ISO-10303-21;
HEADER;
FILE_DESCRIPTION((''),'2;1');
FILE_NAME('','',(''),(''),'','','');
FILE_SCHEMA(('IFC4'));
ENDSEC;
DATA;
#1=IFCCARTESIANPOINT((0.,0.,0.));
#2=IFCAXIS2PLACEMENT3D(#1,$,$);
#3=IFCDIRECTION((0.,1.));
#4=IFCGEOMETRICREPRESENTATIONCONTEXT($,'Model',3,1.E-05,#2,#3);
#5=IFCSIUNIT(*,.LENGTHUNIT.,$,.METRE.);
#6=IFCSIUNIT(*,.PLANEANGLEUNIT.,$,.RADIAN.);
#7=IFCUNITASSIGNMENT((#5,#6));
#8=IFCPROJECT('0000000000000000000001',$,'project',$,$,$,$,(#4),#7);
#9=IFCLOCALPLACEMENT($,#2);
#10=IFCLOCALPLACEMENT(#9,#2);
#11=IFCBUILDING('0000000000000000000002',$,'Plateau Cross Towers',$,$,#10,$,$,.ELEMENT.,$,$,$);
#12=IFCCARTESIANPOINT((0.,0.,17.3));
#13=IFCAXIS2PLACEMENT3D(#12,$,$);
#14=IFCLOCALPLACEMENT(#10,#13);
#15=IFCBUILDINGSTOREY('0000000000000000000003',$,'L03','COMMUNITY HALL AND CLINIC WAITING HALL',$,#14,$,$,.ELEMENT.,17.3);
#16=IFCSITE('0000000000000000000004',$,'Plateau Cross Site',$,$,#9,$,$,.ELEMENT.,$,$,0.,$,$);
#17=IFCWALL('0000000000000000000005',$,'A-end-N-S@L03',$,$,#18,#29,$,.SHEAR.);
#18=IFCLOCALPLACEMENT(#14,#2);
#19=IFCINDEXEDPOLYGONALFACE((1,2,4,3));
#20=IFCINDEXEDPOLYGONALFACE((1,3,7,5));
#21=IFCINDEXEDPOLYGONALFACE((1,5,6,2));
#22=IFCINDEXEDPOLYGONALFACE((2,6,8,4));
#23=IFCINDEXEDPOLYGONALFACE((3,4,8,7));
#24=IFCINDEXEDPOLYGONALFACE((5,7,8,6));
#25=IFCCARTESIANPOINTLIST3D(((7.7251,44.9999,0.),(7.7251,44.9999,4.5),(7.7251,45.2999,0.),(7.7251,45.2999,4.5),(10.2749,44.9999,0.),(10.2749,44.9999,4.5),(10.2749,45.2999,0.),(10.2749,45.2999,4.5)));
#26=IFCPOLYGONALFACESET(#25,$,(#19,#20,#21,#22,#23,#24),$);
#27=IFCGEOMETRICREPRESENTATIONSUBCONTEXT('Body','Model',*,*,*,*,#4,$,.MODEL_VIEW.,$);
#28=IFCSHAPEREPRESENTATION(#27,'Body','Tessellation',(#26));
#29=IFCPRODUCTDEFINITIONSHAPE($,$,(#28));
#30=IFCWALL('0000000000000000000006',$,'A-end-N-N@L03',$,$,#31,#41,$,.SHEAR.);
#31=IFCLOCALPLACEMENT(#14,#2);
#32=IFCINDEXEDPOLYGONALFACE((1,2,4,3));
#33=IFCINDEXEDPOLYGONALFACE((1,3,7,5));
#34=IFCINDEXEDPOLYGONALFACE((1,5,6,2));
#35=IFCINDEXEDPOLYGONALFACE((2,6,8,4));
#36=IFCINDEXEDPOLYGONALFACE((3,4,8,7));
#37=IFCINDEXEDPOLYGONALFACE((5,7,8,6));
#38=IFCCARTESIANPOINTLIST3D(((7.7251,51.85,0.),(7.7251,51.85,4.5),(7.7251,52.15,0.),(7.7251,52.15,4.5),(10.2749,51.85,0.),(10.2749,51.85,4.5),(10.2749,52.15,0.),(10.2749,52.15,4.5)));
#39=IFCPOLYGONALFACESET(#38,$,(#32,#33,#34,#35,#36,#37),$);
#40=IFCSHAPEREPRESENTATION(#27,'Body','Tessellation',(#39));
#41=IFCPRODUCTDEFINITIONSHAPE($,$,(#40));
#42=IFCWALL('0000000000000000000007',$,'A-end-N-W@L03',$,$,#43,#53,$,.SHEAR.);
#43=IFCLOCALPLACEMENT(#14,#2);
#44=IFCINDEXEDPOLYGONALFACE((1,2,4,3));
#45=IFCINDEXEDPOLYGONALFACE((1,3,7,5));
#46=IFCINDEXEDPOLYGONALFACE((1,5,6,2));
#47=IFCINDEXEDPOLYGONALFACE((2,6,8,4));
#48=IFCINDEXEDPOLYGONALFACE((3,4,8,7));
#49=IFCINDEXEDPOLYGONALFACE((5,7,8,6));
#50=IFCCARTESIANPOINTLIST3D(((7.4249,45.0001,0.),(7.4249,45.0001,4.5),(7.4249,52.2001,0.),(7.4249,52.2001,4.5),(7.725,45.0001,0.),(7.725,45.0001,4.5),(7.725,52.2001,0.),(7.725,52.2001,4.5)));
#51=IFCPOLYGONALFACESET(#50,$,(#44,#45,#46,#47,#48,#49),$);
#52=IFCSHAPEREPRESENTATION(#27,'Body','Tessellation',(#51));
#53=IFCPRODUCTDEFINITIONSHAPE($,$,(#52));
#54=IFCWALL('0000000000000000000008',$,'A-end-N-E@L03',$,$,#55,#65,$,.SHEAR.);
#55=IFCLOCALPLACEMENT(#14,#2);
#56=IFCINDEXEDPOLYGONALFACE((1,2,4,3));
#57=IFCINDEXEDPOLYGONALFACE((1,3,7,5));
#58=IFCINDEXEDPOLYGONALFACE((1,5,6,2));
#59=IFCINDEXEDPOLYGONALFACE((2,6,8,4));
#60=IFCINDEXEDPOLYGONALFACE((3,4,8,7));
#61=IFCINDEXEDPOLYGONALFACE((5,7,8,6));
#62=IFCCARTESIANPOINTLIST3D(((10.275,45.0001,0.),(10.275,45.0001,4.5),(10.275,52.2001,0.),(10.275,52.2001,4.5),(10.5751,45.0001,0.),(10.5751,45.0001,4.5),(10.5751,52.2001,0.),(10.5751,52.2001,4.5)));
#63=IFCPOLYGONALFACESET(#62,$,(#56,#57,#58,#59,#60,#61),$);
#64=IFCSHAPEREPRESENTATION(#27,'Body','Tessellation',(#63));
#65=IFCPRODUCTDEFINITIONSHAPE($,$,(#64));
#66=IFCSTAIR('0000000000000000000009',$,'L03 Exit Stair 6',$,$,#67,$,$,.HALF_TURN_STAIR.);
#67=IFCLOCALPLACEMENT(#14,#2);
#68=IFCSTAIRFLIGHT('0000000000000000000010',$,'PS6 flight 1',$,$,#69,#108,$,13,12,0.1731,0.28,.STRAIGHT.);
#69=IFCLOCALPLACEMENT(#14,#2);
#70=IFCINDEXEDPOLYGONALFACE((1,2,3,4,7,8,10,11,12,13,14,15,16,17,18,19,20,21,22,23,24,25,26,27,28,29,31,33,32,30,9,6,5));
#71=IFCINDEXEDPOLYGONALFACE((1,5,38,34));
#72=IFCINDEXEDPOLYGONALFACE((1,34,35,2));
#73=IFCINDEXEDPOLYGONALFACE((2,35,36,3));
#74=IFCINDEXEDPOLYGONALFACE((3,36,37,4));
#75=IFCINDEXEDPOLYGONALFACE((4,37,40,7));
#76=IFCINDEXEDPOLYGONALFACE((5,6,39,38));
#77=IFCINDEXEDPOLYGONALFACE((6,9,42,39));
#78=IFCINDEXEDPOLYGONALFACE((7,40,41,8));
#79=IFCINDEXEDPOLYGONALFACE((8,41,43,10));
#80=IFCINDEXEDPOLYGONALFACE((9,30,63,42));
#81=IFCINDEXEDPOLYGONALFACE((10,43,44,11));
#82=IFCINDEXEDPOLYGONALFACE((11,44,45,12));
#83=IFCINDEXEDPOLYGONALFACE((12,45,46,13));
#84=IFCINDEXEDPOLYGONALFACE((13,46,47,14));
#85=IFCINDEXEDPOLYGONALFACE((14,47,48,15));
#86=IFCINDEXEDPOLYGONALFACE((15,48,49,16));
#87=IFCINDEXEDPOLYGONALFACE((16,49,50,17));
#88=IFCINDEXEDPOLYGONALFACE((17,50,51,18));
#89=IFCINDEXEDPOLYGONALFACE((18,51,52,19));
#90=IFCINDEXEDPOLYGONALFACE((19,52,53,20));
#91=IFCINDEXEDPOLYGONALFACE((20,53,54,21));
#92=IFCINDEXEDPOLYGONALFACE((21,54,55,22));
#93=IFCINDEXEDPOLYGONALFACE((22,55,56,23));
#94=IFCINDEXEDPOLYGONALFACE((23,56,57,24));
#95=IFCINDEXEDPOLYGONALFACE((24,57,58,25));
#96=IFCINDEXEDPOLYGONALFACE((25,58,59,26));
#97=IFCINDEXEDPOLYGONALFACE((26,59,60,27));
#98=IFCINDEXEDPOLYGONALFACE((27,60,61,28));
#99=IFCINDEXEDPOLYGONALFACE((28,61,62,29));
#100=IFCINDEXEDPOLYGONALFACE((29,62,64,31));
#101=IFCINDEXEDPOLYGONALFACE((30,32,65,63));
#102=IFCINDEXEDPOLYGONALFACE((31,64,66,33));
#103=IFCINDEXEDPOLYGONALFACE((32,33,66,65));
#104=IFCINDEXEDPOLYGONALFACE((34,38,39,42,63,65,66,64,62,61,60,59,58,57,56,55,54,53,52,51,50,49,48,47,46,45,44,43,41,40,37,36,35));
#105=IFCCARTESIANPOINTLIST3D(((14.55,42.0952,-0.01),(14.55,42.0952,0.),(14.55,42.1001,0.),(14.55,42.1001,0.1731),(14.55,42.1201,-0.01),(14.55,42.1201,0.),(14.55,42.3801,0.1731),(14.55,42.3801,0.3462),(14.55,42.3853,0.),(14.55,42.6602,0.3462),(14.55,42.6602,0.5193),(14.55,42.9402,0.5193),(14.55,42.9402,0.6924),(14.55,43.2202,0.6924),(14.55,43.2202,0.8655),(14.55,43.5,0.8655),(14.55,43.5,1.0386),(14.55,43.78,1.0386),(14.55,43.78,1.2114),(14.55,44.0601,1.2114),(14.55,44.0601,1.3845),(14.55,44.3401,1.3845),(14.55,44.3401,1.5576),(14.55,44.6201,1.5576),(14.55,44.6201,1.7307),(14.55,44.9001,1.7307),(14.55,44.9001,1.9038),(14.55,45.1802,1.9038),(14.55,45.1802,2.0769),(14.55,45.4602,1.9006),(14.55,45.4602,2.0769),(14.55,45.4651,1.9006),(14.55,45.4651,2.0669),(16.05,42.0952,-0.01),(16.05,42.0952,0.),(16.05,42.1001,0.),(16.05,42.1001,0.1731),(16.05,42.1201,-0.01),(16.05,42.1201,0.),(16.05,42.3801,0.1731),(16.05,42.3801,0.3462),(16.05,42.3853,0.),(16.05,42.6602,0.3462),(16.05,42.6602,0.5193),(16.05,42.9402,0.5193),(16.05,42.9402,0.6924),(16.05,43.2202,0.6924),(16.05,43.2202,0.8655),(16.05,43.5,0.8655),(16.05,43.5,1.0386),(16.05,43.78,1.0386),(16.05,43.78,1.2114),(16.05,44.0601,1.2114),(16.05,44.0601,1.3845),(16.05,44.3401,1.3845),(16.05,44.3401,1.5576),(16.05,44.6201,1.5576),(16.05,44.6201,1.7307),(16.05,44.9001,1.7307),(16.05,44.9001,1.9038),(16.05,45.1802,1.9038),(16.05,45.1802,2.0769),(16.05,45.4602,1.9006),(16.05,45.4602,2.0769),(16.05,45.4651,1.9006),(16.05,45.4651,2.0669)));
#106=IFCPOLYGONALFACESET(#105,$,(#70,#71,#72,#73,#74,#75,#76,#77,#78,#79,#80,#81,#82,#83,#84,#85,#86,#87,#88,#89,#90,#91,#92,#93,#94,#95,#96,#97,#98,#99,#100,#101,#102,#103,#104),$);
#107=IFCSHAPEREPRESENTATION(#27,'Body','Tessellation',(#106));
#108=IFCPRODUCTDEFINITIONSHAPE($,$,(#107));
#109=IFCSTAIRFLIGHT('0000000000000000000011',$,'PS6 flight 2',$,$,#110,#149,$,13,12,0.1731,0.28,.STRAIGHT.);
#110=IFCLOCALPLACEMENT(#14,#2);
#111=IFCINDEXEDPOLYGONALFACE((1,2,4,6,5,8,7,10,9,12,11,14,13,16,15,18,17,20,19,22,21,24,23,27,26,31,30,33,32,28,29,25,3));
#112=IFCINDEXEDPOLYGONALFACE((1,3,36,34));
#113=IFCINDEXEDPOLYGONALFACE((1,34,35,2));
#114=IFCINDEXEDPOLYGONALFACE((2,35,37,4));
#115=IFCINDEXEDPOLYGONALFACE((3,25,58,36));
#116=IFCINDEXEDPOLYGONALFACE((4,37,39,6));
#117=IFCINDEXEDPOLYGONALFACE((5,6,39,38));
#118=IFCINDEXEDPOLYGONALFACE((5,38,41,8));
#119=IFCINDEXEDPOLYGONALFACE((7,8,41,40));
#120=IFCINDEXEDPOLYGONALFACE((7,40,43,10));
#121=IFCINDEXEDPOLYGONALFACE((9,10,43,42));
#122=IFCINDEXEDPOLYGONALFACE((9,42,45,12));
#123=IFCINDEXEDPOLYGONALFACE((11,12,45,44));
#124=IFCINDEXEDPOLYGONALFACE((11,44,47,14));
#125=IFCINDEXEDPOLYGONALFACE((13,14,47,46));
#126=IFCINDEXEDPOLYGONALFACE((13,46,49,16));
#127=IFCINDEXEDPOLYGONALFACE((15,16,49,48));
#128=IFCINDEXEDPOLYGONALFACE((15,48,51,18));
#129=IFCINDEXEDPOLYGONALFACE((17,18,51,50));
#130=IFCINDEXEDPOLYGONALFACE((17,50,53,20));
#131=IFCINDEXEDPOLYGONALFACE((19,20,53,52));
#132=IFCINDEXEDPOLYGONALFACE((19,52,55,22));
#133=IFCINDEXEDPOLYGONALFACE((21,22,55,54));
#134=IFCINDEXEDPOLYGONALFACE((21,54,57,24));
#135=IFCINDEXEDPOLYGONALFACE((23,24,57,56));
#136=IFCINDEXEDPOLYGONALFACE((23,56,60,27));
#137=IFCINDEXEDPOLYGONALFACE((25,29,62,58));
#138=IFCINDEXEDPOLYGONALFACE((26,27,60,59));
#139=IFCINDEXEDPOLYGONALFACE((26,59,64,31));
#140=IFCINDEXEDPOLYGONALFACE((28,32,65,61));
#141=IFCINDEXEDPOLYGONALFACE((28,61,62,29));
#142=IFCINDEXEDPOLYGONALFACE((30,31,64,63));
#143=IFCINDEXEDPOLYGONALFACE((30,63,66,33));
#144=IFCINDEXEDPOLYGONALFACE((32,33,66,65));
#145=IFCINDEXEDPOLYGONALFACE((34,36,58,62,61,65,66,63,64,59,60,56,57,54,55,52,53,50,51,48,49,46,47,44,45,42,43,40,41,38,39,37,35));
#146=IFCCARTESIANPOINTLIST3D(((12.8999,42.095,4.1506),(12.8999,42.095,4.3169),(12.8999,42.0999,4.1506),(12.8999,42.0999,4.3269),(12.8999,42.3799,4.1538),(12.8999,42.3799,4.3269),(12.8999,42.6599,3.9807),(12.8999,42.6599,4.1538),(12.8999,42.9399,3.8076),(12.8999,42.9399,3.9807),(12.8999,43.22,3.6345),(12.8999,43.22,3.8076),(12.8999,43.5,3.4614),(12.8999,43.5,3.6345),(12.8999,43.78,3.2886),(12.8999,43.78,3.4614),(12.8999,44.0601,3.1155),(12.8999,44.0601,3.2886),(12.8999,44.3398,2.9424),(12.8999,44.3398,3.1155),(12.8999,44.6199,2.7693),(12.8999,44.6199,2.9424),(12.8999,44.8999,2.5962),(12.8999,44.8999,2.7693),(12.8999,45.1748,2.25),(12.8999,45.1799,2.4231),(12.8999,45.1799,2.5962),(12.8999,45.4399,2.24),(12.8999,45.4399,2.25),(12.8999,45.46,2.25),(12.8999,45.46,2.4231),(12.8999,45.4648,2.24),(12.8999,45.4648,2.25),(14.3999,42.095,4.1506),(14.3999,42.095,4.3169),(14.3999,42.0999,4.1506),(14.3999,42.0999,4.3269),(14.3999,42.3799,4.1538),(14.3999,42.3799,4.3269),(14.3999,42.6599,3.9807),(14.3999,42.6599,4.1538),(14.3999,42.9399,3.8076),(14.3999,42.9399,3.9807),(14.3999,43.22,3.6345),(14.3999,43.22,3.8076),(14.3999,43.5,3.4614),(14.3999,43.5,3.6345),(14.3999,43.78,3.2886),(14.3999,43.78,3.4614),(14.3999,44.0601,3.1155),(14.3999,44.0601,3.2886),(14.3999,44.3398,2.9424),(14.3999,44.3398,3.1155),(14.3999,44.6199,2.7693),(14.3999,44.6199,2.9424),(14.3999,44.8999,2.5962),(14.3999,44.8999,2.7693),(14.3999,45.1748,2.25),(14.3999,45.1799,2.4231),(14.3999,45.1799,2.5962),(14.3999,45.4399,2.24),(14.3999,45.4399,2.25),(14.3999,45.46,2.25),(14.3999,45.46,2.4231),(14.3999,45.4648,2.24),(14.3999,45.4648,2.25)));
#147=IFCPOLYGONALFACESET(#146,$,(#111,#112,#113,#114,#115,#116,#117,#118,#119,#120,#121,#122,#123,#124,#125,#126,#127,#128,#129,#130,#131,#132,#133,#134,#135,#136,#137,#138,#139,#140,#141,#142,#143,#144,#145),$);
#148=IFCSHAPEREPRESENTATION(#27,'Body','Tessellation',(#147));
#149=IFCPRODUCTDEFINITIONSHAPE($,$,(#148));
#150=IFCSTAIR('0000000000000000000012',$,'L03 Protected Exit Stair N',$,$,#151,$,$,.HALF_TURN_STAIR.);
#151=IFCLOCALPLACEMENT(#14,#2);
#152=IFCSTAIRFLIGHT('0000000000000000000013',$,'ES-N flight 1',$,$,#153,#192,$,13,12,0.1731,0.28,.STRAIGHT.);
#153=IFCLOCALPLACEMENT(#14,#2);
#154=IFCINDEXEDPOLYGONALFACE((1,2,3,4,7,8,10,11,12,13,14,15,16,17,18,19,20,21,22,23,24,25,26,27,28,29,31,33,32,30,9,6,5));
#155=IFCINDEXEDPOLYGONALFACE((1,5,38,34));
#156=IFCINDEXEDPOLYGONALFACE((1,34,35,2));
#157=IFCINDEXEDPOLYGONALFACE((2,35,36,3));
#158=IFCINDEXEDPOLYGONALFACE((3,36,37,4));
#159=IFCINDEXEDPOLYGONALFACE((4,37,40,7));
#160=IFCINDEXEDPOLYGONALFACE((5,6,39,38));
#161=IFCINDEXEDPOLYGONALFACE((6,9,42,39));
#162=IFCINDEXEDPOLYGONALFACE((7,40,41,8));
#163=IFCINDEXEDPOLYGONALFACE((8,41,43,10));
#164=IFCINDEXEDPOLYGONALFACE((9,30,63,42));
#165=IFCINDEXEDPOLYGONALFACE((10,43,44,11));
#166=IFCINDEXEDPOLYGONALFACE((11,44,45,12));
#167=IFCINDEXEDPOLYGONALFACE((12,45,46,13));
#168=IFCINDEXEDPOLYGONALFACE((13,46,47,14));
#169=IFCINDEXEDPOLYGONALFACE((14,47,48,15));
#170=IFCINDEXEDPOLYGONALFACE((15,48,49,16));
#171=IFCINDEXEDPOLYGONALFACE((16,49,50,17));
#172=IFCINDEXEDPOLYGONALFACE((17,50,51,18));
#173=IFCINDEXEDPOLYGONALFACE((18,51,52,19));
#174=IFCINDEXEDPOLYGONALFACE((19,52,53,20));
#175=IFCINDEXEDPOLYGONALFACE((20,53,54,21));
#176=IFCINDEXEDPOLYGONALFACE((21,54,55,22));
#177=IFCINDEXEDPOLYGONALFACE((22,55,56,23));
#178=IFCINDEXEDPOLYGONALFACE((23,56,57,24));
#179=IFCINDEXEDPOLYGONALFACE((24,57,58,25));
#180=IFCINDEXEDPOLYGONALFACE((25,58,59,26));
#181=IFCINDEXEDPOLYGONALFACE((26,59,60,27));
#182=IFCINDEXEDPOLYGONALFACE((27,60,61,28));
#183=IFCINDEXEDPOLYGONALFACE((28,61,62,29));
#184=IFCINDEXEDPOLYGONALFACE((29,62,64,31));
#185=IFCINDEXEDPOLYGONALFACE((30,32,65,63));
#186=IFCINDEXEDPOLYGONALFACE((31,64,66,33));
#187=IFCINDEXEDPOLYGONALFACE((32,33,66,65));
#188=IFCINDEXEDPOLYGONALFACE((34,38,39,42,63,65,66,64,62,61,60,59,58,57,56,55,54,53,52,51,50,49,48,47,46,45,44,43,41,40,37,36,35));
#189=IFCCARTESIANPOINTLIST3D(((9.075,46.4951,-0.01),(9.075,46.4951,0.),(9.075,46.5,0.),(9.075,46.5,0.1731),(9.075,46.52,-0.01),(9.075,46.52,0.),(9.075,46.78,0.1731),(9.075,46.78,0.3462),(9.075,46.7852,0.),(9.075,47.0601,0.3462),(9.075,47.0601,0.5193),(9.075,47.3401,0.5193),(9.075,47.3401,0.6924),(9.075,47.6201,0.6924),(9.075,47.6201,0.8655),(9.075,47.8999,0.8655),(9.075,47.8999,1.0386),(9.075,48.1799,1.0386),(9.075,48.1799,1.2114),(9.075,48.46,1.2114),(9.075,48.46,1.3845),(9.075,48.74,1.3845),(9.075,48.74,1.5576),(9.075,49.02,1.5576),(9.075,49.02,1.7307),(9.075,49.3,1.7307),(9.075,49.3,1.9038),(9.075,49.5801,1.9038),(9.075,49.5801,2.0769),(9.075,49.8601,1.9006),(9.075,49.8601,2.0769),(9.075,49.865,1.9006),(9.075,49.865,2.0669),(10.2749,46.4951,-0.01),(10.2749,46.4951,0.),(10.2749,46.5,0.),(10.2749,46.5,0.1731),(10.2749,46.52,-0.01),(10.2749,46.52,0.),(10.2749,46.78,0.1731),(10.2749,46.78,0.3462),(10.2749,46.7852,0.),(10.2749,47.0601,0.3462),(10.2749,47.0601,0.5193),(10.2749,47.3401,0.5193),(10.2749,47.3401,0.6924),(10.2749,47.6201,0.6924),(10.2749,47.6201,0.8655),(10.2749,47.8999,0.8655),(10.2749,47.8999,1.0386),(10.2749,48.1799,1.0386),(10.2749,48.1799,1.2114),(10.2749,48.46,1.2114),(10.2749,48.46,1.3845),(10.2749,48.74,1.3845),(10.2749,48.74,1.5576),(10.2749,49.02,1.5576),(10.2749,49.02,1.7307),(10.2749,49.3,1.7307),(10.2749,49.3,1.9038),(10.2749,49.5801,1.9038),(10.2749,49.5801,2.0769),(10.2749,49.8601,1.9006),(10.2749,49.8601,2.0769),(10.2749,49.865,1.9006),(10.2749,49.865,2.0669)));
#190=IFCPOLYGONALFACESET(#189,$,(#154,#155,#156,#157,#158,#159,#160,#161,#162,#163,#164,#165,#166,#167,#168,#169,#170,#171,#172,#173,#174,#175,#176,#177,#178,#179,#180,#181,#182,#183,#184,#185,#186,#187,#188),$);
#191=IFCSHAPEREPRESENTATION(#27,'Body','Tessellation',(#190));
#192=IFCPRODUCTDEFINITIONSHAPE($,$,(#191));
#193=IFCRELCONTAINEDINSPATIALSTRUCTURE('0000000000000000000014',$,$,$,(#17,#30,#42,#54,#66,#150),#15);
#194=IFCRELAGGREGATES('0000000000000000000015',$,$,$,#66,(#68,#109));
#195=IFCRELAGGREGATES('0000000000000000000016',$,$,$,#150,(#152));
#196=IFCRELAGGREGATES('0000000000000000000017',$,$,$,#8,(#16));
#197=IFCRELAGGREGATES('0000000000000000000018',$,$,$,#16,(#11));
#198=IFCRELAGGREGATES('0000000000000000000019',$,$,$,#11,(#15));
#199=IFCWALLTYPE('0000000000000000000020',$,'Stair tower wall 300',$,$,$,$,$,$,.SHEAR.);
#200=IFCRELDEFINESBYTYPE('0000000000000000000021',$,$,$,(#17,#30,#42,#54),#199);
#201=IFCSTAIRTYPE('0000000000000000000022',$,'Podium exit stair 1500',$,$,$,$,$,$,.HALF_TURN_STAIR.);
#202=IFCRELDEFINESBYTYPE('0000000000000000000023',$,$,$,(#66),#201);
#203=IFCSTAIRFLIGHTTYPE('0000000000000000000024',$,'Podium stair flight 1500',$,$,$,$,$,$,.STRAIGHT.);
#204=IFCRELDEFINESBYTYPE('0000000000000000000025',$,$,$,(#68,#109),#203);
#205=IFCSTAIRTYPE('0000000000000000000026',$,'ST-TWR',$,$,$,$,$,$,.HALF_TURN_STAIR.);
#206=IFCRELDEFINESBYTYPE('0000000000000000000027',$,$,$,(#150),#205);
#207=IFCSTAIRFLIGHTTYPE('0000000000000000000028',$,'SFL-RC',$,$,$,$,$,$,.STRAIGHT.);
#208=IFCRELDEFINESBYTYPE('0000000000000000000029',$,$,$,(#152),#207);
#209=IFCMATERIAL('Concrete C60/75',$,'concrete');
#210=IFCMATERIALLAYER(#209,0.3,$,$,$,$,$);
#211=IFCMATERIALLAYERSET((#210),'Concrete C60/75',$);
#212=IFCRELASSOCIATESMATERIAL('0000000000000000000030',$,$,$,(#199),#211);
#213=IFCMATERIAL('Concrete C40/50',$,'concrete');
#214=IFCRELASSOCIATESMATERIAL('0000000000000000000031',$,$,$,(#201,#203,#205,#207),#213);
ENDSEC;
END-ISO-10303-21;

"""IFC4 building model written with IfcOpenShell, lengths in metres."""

from ifc_helpers import new_model, si_unit, direction, frame, frame_2d, origin, place, context, subcontext, project, spatial, polyline, rectangle, outline, extrude, material, layer, layer_set, type_object, element, aggregate, save


model = new_model("IFC4")

# Units and contexts
model_context = context("Model", 3, precision=1e-05, world=origin(), true_north=direction((0.0, 1.0)))
body_context = subcontext(model_context, "Body", "Model", "MODEL_VIEW")
ifc_project = project(units=[si_unit("LENGTHUNIT", "METRE"), si_unit("PLANEANGLEUNIT", "RADIAN")], contexts=[model_context])

# Site, building, storey
site_placement = place(None, origin())
site = spatial("IfcSite", under=ifc_project, at=site_placement, Name="Plateau Cross Site", CompositionType="ELEMENT", RefElevation=0.0)
building_placement = place(site_placement, origin())
building = spatial("IfcBuilding", under=site, at=building_placement, Name="Plateau Cross Towers", CompositionType="ELEMENT")
storey_placement = place(building_placement, frame((0.0, 0.0, 17.3)))
storey = spatial("IfcBuildingStorey", under=building, at=storey_placement, Name="L03", Description="COMMUNITY HALL AND CLINIC WAITING HALL", CompositionType="ELEMENT", Elevation=17.3)

# Shared definitions
ifc_material_1 = material(Name="Concrete C60/75", Category="concrete")

# Walls
ifc_layer_1 = layer(ifc_material_1, 0.3)
ifc_layer_set_1 = layer_set([ifc_layer_1], Name="Concrete C60/75")
wall_type_1 = type_object("IfcWallType", Name="Stair tower wall 300", PredefinedType="SHEAR", material=ifc_layer_set_1)
for number, where, z_axis, x_axis, name in (
    (1, (7.7251, 45.1499, 0.0), (0.0, 0.0, 1.0), (1.0, 0.0, 0.0), "A-end-N-S@L03"),
    (2, (7.7251, 52.0, 0.0), (0.0, 0.0, 1.0), (1.0, 0.0, 0.0), "A-end-N-N@L03"),
):
    element("IfcWall", number, at=place(storey_placement, frame(where, z_axis=z_axis, x_axis=x_axis)), inside=storey, type_object=wall_type_1, Name=name, PredefinedType="SHEAR", context=body_context, shape_type="SweptSolid", body=[
        extrude(rectangle(XDim=2.5498, YDim=0.3, at=frame_2d((1.2749, 0.0))), origin(), (0.0, 0.0, 1.0), 4.5),
    ])
for number, where, z_axis, x_axis, name in (
    (3, (7.575, 45.0, 0.0), (0.0, 0.0, 1.0), (0.0, 1.0, 0.0), "A-end-N-W@L03"),
    (4, (10.425, 45.0, 0.0), (0.0, 0.0, 1.0), (0.0, 1.0, 0.0), "A-end-N-E@L03"),
):
    element("IfcWall", number, at=place(storey_placement, frame(where, z_axis=z_axis, x_axis=x_axis)), inside=storey, type_object=wall_type_1, Name=name, PredefinedType="SHEAR", context=body_context, shape_type="SweptSolid", body=[
        extrude(rectangle(XDim=7.2, YDim=0.3, at=frame_2d((3.6001, 0.0))), origin(), (0.0, 0.0, 1.0), 4.5),
    ])

# Stairs, stair flights
ifc_material_2 = material(Name="Concrete C40/50", Category="concrete")
stair_type_1 = type_object("IfcStairType", Name="Podium exit stair 1500", PredefinedType="HALF_TURN_STAIR", material=ifc_material_2)
stair_1_placement = place(storey_placement, origin())
stair_1 = element("IfcStair", 5, at=stair_1_placement, inside=storey, type_object=stair_type_1, Name="L03 Exit Stair 6", PredefinedType="HALF_TURN_STAIR")
stair_flight_type_1 = type_object("IfcStairFlightType", Name="Podium stair flight 1500", PredefinedType="STRAIGHT", material=ifc_material_2)
stair_flight_1_placement = place(storey_placement, frame((15.3, 42.1001, 0.0), z_axis=(0.0, 0.0, 1.0), x_axis=(0.0, 1.0, 0.0)))
stair_flight_1 = element("IfcStairFlight", 6, at=stair_flight_1_placement, type_object=stair_flight_type_1, Name="PS6 flight 1", NumberOfRisers=13, NumberOfTreads=12, PredefinedType="STRAIGHT", RiserHeight=0.1731, TreadLength=0.28, context=body_context, shape_type="SweptSolid", body=[
    extrude(outline(polyline([(-0.0049, -0.01), (-0.0049, 0.0), (0.0, 0.0), (0.0, 0.1731), (0.28, 0.1731), (0.28, 0.3462), (0.5601, 0.3462), (0.5601, 0.5193), (0.8401, 0.5193), (0.8401, 0.6924), (1.1201, 0.6924), (1.1201, 0.8655), (1.3999, 0.8655), (1.3999, 1.0386), (1.6799, 1.0386), (1.6799, 1.2114), (1.96, 1.2114), (1.96, 1.3845), (2.24, 1.3845), (2.24, 1.5576), (2.52, 1.5576), (2.52, 1.7307), (2.8, 1.7307), (2.8, 1.9038), (3.0801, 1.9038), (3.0801, 2.0769), (3.3601, 2.0769), (3.365, 2.0669), (3.365, 1.9006), (3.3601, 1.9006), (0.2852, 0.0), (0.02, 0.0), (0.02, -0.01), (-0.0049, -0.01)])), frame((0.0, 0.75, 0.0), z_axis=(0.0, -1.0, 0.0), x_axis=(1.0, 0.0, 0.0)), (0.0, 0.0, 1.0), 1.5),
])
stair_flight_2_placement = place(storey_placement, frame((13.6499, 45.46, 2.25), z_axis=(0.0, 0.0, 1.0), x_axis=(0.0, -1.0, 0.0)))
stair_flight_2 = element("IfcStairFlight", 7, at=stair_flight_2_placement, type_object=stair_flight_type_1, Name="PS6 flight 2", NumberOfRisers=13, NumberOfTreads=12, PredefinedType="STRAIGHT", RiserHeight=0.1731, TreadLength=0.28, context=body_context, shape_type="SweptSolid", body=[
    extrude(outline(polyline([(-0.0049, -0.01), (-0.0049, 0.0), (0.0, 0.0), (0.0, 0.1731), (0.28, 0.1731), (0.28, 0.3462), (0.5601, 0.3462), (0.5601, 0.5193), (0.8401, 0.5193), (0.8401, 0.6924), (1.1201, 0.6924), (1.1201, 0.8655), (1.3999, 0.8655), (1.3999, 1.0386), (1.6799, 1.0386), (1.6799, 1.2114), (1.96, 1.2114), (1.96, 1.3845), (2.24, 1.3845), (2.24, 1.5576), (2.52, 1.5576), (2.52, 1.7307), (2.8, 1.7307), (2.8, 1.9038), (3.0801, 1.9038), (3.0801, 2.0769), (3.3601, 2.0769), (3.365, 2.0669), (3.365, 1.9006), (3.3601, 1.9006), (0.2852, 0.0), (0.02, 0.0), (0.02, -0.01), (-0.0049, -0.01)])), frame((0.0, 0.75, 0.0), z_axis=(0.0, -1.0, 0.0), x_axis=(1.0, 0.0, 0.0)), (0.0, 0.0, 1.0), 1.5),
])
aggregate(stair_1, [stair_flight_1, stair_flight_2])
stair_type_2 = type_object("IfcStairType", Name="ST-TWR", PredefinedType="HALF_TURN_STAIR", material=ifc_material_2)
stair_2_placement = place(storey_placement, origin())
stair_2 = element("IfcStair", 8, at=stair_2_placement, inside=storey, type_object=stair_type_2, Name="L03 Protected Exit Stair N", PredefinedType="HALF_TURN_STAIR")
stair_flight_type_2 = type_object("IfcStairFlightType", Name="SFL-RC", PredefinedType="STRAIGHT", material=ifc_material_2)
stair_flight_3_placement = place(storey_placement, frame((9.675, 46.5, 0.0), z_axis=(0.0, 0.0, 1.0), x_axis=(0.0, 1.0, 0.0)))
stair_flight_3 = element("IfcStairFlight", 9, at=stair_flight_3_placement, type_object=stair_flight_type_2, Name="ES-N flight 1", NumberOfRisers=13, NumberOfTreads=12, PredefinedType="STRAIGHT", RiserHeight=0.1731, TreadLength=0.28, context=body_context, shape_type="SweptSolid", body=[
    extrude(outline(polyline([(-0.0049, -0.01), (-0.0049, 0.0), (0.0, 0.0), (0.0, 0.1731), (0.28, 0.1731), (0.28, 0.3462), (0.5601, 0.3462), (0.5601, 0.5193), (0.8401, 0.5193), (0.8401, 0.6924), (1.1201, 0.6924), (1.1201, 0.8655), (1.3999, 0.8655), (1.3999, 1.0386), (1.6799, 1.0386), (1.6799, 1.2114), (1.96, 1.2114), (1.96, 1.3845), (2.24, 1.3845), (2.24, 1.5576), (2.52, 1.5576), (2.52, 1.7307), (2.8, 1.7307), (2.8, 1.9038), (3.0801, 1.9038), (3.0801, 2.0769), (3.3601, 2.0769), (3.365, 2.0669), (3.365, 1.9006), (3.3601, 1.9006), (0.2852, 0.0), (0.02, 0.0), (0.02, -0.01), (-0.0049, -0.01)])), frame((0.0, 0.6001, 0.0), z_axis=(0.0, -1.0, 0.0), x_axis=(1.0, 0.0, 0.0)), (0.0, 0.0, 1.0), 1.2),
])
aggregate(stair_2, [stair_flight_3])

save(model, "model.ifc")
